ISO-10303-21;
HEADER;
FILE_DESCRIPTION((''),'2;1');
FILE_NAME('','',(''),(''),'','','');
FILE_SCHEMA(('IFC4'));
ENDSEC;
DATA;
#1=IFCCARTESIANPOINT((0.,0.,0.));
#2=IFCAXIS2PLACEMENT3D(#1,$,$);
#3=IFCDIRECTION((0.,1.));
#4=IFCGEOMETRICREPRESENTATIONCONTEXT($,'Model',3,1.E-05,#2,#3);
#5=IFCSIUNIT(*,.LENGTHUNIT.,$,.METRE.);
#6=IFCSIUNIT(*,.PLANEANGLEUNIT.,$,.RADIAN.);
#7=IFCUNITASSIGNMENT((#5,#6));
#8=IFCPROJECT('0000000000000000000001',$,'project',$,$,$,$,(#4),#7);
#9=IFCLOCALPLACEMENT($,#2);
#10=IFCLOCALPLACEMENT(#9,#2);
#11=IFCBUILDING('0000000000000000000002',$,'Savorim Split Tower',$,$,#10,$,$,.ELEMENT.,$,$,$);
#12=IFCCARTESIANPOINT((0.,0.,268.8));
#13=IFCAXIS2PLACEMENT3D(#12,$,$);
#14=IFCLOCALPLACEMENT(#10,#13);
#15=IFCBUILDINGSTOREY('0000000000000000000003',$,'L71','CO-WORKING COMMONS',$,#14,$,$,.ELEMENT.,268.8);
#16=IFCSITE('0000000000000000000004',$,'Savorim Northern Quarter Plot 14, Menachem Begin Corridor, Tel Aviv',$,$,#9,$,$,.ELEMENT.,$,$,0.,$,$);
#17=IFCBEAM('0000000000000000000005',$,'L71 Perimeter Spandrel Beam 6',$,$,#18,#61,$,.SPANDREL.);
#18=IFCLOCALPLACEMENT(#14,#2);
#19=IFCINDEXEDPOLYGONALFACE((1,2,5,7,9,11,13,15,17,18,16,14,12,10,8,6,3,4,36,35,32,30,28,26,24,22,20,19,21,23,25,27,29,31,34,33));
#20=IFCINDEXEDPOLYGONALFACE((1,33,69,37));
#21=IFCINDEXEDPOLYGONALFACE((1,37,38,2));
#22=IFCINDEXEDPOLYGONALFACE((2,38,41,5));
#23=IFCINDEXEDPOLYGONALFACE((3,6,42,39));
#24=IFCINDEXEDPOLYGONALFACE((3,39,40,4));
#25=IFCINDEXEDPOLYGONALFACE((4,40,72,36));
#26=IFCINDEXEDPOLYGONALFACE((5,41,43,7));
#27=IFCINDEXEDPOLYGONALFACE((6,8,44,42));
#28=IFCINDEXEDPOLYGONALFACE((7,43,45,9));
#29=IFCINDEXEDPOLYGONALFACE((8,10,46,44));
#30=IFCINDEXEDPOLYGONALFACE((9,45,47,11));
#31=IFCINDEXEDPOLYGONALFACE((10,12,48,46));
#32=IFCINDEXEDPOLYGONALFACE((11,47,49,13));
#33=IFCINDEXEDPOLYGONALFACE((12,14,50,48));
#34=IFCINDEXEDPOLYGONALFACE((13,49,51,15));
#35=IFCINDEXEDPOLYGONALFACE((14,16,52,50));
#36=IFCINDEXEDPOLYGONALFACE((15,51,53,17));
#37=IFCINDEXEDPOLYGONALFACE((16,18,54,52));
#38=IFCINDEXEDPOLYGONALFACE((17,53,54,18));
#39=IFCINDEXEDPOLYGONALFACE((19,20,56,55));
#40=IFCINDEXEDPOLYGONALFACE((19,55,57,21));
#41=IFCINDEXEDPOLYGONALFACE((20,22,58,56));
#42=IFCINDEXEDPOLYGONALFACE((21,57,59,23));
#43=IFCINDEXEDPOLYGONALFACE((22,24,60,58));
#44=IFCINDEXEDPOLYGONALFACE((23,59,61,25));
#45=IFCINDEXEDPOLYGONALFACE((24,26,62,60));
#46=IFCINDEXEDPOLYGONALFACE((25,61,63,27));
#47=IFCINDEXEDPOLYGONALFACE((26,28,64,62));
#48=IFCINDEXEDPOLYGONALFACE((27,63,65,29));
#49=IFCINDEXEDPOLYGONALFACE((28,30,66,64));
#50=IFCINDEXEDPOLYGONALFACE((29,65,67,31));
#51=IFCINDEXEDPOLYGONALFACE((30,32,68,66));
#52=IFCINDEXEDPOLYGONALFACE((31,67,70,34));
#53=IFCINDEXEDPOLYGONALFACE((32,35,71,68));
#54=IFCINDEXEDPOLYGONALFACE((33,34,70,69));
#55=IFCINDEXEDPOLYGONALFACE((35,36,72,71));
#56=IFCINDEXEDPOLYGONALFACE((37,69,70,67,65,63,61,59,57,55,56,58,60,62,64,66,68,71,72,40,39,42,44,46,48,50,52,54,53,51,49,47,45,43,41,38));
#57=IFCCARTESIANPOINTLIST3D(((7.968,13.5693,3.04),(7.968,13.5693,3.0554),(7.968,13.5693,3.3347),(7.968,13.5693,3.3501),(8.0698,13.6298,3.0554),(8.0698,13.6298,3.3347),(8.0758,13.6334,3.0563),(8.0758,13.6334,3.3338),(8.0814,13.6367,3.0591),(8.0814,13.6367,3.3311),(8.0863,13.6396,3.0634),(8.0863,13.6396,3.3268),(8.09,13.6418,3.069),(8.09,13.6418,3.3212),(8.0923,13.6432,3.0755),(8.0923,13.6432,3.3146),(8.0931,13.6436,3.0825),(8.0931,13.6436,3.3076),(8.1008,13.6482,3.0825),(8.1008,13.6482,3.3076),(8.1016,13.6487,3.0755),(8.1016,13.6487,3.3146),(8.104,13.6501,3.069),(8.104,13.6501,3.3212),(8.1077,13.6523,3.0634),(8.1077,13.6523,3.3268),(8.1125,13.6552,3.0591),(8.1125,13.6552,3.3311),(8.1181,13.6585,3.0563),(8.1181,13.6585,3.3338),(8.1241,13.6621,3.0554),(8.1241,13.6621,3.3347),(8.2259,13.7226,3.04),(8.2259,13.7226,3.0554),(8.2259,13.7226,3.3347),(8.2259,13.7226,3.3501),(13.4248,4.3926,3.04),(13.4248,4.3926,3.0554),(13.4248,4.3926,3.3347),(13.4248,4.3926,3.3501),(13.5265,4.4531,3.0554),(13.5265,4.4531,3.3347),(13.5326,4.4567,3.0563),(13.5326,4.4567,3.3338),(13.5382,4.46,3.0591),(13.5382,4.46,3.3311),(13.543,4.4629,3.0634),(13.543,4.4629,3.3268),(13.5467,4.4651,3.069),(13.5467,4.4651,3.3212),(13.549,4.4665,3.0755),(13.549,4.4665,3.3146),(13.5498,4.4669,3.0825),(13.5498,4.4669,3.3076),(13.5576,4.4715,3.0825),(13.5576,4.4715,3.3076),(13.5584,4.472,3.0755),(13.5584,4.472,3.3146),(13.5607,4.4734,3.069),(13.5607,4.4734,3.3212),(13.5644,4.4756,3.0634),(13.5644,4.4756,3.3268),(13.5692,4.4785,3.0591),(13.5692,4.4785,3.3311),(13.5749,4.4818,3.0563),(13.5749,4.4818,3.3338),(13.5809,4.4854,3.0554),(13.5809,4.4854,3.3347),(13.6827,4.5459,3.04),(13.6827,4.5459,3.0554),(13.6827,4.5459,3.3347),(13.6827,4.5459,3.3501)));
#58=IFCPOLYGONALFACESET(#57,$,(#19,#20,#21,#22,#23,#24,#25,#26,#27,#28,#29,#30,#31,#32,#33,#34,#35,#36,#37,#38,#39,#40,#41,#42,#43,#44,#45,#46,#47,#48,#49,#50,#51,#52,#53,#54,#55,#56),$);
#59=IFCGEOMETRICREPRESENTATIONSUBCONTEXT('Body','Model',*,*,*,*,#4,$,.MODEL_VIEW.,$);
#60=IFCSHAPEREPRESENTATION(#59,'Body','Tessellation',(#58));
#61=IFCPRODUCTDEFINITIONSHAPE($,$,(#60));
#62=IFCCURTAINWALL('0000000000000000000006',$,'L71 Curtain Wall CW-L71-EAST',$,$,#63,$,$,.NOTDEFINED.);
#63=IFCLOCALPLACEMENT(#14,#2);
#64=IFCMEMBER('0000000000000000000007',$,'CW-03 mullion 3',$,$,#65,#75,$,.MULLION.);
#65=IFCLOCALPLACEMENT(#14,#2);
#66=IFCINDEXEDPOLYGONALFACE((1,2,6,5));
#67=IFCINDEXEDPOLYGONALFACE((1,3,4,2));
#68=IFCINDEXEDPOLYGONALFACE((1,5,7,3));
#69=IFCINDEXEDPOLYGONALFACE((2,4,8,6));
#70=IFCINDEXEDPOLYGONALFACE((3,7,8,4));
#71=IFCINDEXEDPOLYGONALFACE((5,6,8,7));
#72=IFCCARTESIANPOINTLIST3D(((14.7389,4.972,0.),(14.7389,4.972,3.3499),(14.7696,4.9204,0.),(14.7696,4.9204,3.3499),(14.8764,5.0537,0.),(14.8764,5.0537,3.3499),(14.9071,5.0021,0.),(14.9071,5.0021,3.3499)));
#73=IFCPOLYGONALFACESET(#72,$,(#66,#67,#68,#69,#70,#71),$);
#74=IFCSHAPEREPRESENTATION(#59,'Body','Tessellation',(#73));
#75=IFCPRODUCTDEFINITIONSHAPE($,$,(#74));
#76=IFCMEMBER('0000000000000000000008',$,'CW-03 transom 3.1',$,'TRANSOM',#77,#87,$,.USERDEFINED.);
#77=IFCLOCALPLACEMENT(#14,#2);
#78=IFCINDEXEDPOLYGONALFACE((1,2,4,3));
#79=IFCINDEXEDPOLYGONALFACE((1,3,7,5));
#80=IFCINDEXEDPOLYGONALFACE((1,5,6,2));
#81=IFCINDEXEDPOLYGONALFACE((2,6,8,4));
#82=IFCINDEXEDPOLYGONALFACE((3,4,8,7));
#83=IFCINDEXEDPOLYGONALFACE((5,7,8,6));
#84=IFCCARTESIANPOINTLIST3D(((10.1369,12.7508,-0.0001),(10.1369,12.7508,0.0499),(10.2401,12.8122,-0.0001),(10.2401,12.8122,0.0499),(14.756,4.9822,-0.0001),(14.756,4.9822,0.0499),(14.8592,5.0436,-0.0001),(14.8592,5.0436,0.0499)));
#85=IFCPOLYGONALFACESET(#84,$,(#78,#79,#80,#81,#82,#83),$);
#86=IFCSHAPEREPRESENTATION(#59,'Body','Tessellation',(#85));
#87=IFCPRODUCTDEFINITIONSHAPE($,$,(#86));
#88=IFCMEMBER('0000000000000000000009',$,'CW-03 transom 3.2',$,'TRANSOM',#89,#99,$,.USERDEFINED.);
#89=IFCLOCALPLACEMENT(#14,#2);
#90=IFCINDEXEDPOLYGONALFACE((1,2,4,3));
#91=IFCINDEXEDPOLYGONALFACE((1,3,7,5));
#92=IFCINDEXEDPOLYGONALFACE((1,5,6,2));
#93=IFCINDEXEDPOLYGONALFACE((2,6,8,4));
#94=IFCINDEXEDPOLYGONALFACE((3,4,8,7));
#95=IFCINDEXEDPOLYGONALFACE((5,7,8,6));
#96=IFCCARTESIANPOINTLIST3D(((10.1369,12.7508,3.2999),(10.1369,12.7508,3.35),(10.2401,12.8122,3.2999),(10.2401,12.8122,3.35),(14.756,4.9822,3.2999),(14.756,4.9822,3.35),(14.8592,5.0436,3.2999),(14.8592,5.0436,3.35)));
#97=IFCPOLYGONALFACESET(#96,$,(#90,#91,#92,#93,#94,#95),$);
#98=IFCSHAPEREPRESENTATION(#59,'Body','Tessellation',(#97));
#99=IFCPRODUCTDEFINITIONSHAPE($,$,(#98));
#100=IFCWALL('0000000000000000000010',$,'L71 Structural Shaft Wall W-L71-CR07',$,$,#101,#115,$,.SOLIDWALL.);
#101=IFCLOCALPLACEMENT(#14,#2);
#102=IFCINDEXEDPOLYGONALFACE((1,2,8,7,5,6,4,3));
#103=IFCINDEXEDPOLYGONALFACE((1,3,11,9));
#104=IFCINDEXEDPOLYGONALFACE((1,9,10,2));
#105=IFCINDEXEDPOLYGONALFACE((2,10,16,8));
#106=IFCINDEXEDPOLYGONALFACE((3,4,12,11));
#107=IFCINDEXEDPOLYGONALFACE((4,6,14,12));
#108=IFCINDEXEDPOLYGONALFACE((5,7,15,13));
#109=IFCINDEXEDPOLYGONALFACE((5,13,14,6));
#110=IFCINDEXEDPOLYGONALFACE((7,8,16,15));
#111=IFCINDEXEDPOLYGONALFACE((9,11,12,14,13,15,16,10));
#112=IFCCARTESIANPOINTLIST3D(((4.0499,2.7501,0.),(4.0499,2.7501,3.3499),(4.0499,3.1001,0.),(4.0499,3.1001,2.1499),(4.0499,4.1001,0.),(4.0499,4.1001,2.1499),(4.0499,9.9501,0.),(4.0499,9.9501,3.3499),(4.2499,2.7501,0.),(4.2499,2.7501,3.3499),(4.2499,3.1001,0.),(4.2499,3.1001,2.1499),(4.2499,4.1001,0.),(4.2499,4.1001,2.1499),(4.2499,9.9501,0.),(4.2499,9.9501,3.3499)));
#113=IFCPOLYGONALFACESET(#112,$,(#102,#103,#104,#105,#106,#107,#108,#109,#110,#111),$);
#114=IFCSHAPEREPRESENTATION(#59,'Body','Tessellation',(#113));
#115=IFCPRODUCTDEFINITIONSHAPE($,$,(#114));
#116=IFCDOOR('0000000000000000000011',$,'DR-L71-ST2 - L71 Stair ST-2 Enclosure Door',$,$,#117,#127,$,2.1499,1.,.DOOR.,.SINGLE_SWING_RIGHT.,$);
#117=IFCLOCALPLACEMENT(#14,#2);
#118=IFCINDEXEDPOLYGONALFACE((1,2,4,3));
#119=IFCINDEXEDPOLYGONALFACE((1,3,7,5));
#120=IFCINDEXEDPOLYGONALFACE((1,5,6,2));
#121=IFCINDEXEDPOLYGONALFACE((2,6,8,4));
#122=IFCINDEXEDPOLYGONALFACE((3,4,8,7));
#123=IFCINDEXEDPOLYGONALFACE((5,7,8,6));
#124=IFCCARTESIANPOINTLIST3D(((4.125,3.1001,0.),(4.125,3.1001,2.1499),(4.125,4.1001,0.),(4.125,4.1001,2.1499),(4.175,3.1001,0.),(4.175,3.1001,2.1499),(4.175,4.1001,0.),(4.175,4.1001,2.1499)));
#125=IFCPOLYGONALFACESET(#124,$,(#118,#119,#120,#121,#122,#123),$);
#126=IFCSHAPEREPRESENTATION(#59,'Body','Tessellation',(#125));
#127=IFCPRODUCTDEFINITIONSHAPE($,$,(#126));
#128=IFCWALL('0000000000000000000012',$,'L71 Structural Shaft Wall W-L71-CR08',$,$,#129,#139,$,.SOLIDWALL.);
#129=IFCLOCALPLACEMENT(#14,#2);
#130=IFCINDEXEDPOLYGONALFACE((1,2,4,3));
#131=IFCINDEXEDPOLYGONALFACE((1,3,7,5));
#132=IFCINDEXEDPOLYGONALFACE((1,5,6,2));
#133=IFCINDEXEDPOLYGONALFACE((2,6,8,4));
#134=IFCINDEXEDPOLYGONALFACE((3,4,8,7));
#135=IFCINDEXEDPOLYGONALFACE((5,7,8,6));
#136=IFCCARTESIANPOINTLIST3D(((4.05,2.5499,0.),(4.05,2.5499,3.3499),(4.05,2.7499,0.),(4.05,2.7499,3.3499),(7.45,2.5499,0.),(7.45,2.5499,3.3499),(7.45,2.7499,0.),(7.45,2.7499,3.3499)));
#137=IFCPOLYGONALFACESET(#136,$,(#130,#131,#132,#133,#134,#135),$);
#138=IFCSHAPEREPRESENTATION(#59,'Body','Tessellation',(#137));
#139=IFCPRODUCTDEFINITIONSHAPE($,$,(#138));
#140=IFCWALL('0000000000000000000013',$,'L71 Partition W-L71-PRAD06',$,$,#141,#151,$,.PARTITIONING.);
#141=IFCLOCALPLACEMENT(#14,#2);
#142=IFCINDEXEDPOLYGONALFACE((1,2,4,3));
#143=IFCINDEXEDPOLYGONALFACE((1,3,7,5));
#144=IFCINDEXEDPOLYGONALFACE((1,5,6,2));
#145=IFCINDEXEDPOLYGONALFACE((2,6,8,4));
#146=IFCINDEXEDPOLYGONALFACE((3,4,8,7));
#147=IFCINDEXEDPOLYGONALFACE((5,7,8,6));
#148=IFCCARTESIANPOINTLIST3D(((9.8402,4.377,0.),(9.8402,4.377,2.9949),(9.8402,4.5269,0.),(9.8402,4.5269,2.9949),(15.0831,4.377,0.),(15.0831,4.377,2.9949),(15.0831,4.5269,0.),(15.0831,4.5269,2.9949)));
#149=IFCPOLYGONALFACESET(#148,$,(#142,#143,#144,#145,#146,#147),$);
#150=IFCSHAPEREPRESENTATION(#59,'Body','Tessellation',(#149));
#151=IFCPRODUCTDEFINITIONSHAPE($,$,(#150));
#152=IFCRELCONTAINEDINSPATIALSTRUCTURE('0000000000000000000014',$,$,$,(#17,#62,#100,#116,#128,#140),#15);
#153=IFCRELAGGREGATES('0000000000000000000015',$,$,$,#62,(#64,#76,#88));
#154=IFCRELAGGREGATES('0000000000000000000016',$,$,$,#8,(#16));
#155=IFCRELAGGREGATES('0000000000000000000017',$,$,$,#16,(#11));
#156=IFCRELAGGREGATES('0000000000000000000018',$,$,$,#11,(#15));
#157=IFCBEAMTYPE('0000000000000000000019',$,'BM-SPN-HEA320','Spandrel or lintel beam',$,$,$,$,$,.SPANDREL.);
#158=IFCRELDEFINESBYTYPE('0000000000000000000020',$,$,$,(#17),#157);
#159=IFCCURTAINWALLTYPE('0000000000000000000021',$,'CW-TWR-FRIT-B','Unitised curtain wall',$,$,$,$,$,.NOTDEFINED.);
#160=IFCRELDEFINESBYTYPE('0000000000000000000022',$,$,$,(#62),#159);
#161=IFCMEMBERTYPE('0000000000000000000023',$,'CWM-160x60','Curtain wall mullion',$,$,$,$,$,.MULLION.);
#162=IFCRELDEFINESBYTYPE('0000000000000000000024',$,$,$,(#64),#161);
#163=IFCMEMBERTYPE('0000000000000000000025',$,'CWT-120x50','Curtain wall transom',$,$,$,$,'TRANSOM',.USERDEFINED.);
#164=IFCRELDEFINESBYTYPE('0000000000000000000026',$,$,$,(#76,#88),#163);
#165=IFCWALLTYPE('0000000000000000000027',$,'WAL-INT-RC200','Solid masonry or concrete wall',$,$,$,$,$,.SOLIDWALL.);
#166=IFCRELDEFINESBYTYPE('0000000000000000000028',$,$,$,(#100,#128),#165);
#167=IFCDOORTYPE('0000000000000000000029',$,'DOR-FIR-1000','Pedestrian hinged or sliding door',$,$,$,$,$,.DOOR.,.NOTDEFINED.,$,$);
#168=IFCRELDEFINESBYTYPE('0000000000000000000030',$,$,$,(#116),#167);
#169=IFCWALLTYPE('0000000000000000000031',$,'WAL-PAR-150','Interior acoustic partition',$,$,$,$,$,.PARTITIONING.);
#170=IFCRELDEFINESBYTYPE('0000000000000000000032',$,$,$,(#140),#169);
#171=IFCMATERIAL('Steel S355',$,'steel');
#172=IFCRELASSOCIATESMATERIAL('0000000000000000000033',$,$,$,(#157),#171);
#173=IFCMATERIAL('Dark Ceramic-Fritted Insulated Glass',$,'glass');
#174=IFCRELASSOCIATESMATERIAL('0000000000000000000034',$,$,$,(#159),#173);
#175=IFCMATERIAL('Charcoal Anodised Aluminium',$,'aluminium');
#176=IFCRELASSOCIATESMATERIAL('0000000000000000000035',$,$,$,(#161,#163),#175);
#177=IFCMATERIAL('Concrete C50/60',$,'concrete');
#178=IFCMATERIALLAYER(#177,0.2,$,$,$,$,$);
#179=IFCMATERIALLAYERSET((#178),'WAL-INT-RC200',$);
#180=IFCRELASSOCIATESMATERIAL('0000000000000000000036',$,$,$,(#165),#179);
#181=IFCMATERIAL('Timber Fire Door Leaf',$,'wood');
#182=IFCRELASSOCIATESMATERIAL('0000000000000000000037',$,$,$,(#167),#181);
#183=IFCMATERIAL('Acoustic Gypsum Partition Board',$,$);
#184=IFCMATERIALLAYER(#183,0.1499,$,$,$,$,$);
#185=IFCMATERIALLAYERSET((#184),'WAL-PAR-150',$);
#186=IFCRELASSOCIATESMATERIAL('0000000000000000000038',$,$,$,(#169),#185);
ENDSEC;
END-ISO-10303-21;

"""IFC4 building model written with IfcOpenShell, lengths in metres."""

from ifc_helpers import new_model, si_unit, direction, frame, frame_2d, origin, origin_2d, place, context, subcontext, project, spatial, rectangle, i_section, extrude, material, layer, layer_set, material_profile, profile_set, type_object, element, fill, aggregate, save


model = new_model("IFC4")

# Units and contexts
model_context = context("Model", 3, precision=1e-05, world=origin(), true_north=direction((0.0, 1.0)))
body_context = subcontext(model_context, "Body", "Model", "MODEL_VIEW")
ifc_project = project(units=[si_unit("LENGTHUNIT", "METRE"), si_unit("PLANEANGLEUNIT", "RADIAN")], contexts=[model_context])

# Site, building, storey
site_placement = place(None, origin())
site = spatial("IfcSite", under=ifc_project, at=site_placement, Name="Savorim Northern Quarter Plot 14, Menachem Begin Corridor, Tel Aviv", CompositionType="ELEMENT", RefElevation=0.0)
building_placement = place(site_placement, origin())
building = spatial("IfcBuilding", under=site, at=building_placement, Name="Savorim Split Tower", CompositionType="ELEMENT")
storey_placement = place(building_placement, frame((0.0, 0.0, 268.8)))
storey = spatial("IfcBuildingStorey", under=building, at=storey_placement, Name="L71", Description="CO-WORKING COMMONS", CompositionType="ELEMENT", Elevation=268.8)

# Shared definitions
ifc_material_1 = material(Name="Steel S355", Category="steel")

# Beam
ifc_material_profile_1 = material_profile(ifc_material_1, i_section(OverallWidth=0.3, OverallDepth=0.3101, WebThickness=0.009, FlangeThickness=0.0154, FilletRadius=0.0271, at=origin_2d()), Name="HEA 320")
ifc_profile_set_1 = profile_set([ifc_material_profile_1], Name="Steel S355")
beam_type_1 = type_object("IfcBeamType", Name="BM-SPN-HEA320", Description="Spandrel or lintel beam", PredefinedType="SPANDREL", material=ifc_profile_set_1)
beam_1_placement = place(storey_placement, frame((13.5537, 4.4692, 3.1951), z_axis=(-0.511099, 0.859522, 0.0), x_axis=(-0.859522, -0.511099, 0.0)))
element("IfcBeam", 1, at=beam_1_placement, inside=storey, type_object=beam_type_1, Name="L71 Perimeter Spandrel Beam 6", PredefinedType="SPANDREL", context=body_context, shape_type="SweptSolid", body=[
    extrude(i_section(OverallWidth=0.3, OverallDepth=0.3101, WebThickness=0.009, FlangeThickness=0.0154, FilletRadius=0.0271, at=origin_2d()), origin(), (0.0, 0.0, 1.0), 10.6765),
])

# Curtain wall, members
ifc_material_2 = material(Name="Dark Ceramic-Fritted Insulated Glass", Category="glass")
curtain_wall_type = type_object("IfcCurtainWallType", Name="CW-TWR-FRIT-B", Description="Unitised curtain wall", PredefinedType="NOTDEFINED", material=ifc_material_2)
curtain_wall_placement = place(storey_placement, origin())
curtain_wall = element("IfcCurtainWall", 2, at=curtain_wall_placement, inside=storey, type_object=curtain_wall_type, Name="L71 Curtain Wall CW-L71-EAST", PredefinedType="NOTDEFINED")
ifc_material_3 = material(Name="Charcoal Anodised Aluminium", Category="aluminium")
ifc_material_profile_2 = material_profile(ifc_material_3, rectangle(XDim=0.1599, YDim=0.0601, at=origin_2d()), Name="ALU-M 160x60")
ifc_profile_set_2 = profile_set([ifc_material_profile_2], Name="Charcoal Anodised Aluminium")
member_type_1 = type_object("IfcMemberType", Name="CWM-160x60", Description="Curtain wall mullion", PredefinedType="MULLION", material=ifc_profile_set_2)
member_1_placement = place(storey_placement, frame((14.823, 4.9871, 0.0), z_axis=(0.0, 0.0, 1.0), x_axis=(-0.859527, -0.51109, 0.0)))
member_1 = element("IfcMember", 3, at=member_1_placement, type_object=member_type_1, Name="CW-03 mullion 3", PredefinedType="MULLION", context=body_context, shape_type="SweptSolid", body=[
    extrude(rectangle(XDim=0.1599, YDim=0.0601, at=origin_2d()), origin(), (0.0, 0.0, 1.0), 3.3499),
])
ifc_material_profile_3 = material_profile(ifc_material_3, rectangle(XDim=0.1201, YDim=0.05, at=origin_2d()), Name="ALU-T 120x50")
ifc_profile_set_3 = profile_set([ifc_material_profile_3], Name="Charcoal Anodised Aluminium")
member_type_2 = type_object("IfcMemberType", Name="CWT-120x50", Description="Curtain wall transom", ElementType="TRANSOM", PredefinedType="USERDEFINED", material=ifc_profile_set_3)
member_2_placement = place(storey_placement, frame((14.8076, 5.0129, 0.0249), z_axis=(-0.511075, 0.859536, 0.0), x_axis=(-0.859536, -0.511075, 0.0)))
member_2 = element("IfcMember", 4, at=member_2_placement, type_object=member_type_2, Name="CW-03 transom 3.1", ObjectType="TRANSOM", PredefinedType="USERDEFINED", context=body_context, shape_type="SweptSolid", body=[
    extrude(rectangle(XDim=0.1201, YDim=0.05, at=origin_2d()), origin(), (0.0, 0.0, 1.0), 9.0381),
])
member_3_placement = place(storey_placement, frame((14.8076, 5.0129, 3.325), z_axis=(-0.511075, 0.859536, 0.0), x_axis=(-0.859536, -0.511075, 0.0)))
member_3 = element("IfcMember", 5, at=member_3_placement, type_object=member_type_2, Name="CW-03 transom 3.2", ObjectType="TRANSOM", PredefinedType="USERDEFINED", context=body_context, shape_type="SweptSolid", body=[
    extrude(rectangle(XDim=0.1201, YDim=0.05, at=origin_2d()), origin(), (0.0, 0.0, 1.0), 9.0381),
])
aggregate(curtain_wall, [member_1, member_2, member_3])

# Wall, opening, door
ifc_material_4 = material(Name="Concrete C50/60", Category="concrete")
ifc_layer_1 = layer(ifc_material_4, 0.2)
ifc_layer_set_1 = layer_set([ifc_layer_1], Name="WAL-INT-RC200")
wall_type_1 = type_object("IfcWallType", Name="WAL-INT-RC200", Description="Solid masonry or concrete wall", PredefinedType="SOLIDWALL", material=ifc_layer_set_1)
wall_1_placement = place(storey_placement, frame((4.1499, 2.75, 0.0), z_axis=(0.0, 0.0, 1.0), x_axis=(0.0, 1.0, 0.0)))
wall_1 = element("IfcWall", 6, at=wall_1_placement, inside=storey, type_object=wall_type_1, Name="L71 Structural Shaft Wall W-L71-CR07", PredefinedType="SOLIDWALL", context=body_context, shape_type="SweptSolid", body=[
    extrude(rectangle(XDim=7.2, YDim=0.2, at=frame_2d((3.6001, 0.0))), origin(), (0.0, 0.0, 1.0), 3.3499),
])
opening_1_placement = place(wall_1_placement, frame((0.3501, 0.0, 0.0)))
opening_1 = element("IfcOpeningElement", 7, at=opening_1_placement, cuts=wall_1, PredefinedType="OPENING", context=body_context, shape_type="SweptSolid", body=[
    extrude(rectangle(XDim=1.0, YDim=2.1499, at=frame_2d((0.5, 1.075))), frame((0.0, 0.1099, 0.0), z_axis=(0.0, -1.0, 0.0), x_axis=(1.0, 0.0, 0.0)), (0.0, 0.0, 1.0), 0.22),
])
ifc_material_5 = material(Name="Timber Fire Door Leaf", Category="wood")
door_type_1 = type_object("IfcDoorType", Name="DOR-FIR-1000", Description="Pedestrian hinged or sliding door", OperationType="NOTDEFINED", PredefinedType="DOOR", material=ifc_material_5)
door_1_placement = place(opening_1_placement, origin())
door_1 = element("IfcDoor", 8, at=door_1_placement, inside=storey, type_object=door_type_1, Name="DR-L71-ST2 - L71 Stair ST-2 Enclosure Door", OperationType="SINGLE_SWING_RIGHT", OverallHeight=2.1499, OverallWidth=1.0, PredefinedType="DOOR", context=body_context, shape_type="SweptSolid", body=[
    extrude(rectangle(XDim=1.0, YDim=2.1499, at=frame_2d((0.5, 1.075))), frame((0.0, 0.0249, 0.0), z_axis=(0.0, -1.0, 0.0), x_axis=(1.0, 0.0, 0.0)), (0.0, 0.0, 1.0), 0.05),
])
fill(opening_1, door_1)

# Wall
wall_2_placement = place(storey_placement, frame((4.05, 2.6499, 0.0), z_axis=(0.0, 0.0, 1.0), x_axis=(1.0, 0.0, 0.0)))
element("IfcWall", 9, at=wall_2_placement, inside=storey, type_object=wall_type_1, Name="L71 Structural Shaft Wall W-L71-CR08", PredefinedType="SOLIDWALL", context=body_context, shape_type="SweptSolid", body=[
    extrude(rectangle(XDim=3.3999, YDim=0.2, at=frame_2d((1.7, 0.0))), origin(), (0.0, 0.0, 1.0), 3.3499),
])

# Wall
ifc_material_6 = material(Name="Acoustic Gypsum Partition Board")
ifc_layer_2 = layer(ifc_material_6, 0.1499)
ifc_layer_set_2 = layer_set([ifc_layer_2], Name="WAL-PAR-150")
wall_type_2 = type_object("IfcWallType", Name="WAL-PAR-150", Description="Interior acoustic partition", PredefinedType="PARTITIONING", material=ifc_layer_set_2)
wall_3_placement = place(storey_placement, frame((9.8401, 4.4519, 0.0), z_axis=(0.0, 0.0, 1.0), x_axis=(1.0, 0.0, 0.0)))
element("IfcWall", 10, at=wall_3_placement, inside=storey, type_object=wall_type_2, Name="L71 Partition W-L71-PRAD06", PredefinedType="PARTITIONING", context=body_context, shape_type="SweptSolid", body=[
    extrude(rectangle(XDim=5.2429, YDim=0.1499, at=frame_2d((2.6216, 0.0))), origin(), (0.0, 0.0, 1.0), 2.9949),
])

save(model, "model.ifc")
